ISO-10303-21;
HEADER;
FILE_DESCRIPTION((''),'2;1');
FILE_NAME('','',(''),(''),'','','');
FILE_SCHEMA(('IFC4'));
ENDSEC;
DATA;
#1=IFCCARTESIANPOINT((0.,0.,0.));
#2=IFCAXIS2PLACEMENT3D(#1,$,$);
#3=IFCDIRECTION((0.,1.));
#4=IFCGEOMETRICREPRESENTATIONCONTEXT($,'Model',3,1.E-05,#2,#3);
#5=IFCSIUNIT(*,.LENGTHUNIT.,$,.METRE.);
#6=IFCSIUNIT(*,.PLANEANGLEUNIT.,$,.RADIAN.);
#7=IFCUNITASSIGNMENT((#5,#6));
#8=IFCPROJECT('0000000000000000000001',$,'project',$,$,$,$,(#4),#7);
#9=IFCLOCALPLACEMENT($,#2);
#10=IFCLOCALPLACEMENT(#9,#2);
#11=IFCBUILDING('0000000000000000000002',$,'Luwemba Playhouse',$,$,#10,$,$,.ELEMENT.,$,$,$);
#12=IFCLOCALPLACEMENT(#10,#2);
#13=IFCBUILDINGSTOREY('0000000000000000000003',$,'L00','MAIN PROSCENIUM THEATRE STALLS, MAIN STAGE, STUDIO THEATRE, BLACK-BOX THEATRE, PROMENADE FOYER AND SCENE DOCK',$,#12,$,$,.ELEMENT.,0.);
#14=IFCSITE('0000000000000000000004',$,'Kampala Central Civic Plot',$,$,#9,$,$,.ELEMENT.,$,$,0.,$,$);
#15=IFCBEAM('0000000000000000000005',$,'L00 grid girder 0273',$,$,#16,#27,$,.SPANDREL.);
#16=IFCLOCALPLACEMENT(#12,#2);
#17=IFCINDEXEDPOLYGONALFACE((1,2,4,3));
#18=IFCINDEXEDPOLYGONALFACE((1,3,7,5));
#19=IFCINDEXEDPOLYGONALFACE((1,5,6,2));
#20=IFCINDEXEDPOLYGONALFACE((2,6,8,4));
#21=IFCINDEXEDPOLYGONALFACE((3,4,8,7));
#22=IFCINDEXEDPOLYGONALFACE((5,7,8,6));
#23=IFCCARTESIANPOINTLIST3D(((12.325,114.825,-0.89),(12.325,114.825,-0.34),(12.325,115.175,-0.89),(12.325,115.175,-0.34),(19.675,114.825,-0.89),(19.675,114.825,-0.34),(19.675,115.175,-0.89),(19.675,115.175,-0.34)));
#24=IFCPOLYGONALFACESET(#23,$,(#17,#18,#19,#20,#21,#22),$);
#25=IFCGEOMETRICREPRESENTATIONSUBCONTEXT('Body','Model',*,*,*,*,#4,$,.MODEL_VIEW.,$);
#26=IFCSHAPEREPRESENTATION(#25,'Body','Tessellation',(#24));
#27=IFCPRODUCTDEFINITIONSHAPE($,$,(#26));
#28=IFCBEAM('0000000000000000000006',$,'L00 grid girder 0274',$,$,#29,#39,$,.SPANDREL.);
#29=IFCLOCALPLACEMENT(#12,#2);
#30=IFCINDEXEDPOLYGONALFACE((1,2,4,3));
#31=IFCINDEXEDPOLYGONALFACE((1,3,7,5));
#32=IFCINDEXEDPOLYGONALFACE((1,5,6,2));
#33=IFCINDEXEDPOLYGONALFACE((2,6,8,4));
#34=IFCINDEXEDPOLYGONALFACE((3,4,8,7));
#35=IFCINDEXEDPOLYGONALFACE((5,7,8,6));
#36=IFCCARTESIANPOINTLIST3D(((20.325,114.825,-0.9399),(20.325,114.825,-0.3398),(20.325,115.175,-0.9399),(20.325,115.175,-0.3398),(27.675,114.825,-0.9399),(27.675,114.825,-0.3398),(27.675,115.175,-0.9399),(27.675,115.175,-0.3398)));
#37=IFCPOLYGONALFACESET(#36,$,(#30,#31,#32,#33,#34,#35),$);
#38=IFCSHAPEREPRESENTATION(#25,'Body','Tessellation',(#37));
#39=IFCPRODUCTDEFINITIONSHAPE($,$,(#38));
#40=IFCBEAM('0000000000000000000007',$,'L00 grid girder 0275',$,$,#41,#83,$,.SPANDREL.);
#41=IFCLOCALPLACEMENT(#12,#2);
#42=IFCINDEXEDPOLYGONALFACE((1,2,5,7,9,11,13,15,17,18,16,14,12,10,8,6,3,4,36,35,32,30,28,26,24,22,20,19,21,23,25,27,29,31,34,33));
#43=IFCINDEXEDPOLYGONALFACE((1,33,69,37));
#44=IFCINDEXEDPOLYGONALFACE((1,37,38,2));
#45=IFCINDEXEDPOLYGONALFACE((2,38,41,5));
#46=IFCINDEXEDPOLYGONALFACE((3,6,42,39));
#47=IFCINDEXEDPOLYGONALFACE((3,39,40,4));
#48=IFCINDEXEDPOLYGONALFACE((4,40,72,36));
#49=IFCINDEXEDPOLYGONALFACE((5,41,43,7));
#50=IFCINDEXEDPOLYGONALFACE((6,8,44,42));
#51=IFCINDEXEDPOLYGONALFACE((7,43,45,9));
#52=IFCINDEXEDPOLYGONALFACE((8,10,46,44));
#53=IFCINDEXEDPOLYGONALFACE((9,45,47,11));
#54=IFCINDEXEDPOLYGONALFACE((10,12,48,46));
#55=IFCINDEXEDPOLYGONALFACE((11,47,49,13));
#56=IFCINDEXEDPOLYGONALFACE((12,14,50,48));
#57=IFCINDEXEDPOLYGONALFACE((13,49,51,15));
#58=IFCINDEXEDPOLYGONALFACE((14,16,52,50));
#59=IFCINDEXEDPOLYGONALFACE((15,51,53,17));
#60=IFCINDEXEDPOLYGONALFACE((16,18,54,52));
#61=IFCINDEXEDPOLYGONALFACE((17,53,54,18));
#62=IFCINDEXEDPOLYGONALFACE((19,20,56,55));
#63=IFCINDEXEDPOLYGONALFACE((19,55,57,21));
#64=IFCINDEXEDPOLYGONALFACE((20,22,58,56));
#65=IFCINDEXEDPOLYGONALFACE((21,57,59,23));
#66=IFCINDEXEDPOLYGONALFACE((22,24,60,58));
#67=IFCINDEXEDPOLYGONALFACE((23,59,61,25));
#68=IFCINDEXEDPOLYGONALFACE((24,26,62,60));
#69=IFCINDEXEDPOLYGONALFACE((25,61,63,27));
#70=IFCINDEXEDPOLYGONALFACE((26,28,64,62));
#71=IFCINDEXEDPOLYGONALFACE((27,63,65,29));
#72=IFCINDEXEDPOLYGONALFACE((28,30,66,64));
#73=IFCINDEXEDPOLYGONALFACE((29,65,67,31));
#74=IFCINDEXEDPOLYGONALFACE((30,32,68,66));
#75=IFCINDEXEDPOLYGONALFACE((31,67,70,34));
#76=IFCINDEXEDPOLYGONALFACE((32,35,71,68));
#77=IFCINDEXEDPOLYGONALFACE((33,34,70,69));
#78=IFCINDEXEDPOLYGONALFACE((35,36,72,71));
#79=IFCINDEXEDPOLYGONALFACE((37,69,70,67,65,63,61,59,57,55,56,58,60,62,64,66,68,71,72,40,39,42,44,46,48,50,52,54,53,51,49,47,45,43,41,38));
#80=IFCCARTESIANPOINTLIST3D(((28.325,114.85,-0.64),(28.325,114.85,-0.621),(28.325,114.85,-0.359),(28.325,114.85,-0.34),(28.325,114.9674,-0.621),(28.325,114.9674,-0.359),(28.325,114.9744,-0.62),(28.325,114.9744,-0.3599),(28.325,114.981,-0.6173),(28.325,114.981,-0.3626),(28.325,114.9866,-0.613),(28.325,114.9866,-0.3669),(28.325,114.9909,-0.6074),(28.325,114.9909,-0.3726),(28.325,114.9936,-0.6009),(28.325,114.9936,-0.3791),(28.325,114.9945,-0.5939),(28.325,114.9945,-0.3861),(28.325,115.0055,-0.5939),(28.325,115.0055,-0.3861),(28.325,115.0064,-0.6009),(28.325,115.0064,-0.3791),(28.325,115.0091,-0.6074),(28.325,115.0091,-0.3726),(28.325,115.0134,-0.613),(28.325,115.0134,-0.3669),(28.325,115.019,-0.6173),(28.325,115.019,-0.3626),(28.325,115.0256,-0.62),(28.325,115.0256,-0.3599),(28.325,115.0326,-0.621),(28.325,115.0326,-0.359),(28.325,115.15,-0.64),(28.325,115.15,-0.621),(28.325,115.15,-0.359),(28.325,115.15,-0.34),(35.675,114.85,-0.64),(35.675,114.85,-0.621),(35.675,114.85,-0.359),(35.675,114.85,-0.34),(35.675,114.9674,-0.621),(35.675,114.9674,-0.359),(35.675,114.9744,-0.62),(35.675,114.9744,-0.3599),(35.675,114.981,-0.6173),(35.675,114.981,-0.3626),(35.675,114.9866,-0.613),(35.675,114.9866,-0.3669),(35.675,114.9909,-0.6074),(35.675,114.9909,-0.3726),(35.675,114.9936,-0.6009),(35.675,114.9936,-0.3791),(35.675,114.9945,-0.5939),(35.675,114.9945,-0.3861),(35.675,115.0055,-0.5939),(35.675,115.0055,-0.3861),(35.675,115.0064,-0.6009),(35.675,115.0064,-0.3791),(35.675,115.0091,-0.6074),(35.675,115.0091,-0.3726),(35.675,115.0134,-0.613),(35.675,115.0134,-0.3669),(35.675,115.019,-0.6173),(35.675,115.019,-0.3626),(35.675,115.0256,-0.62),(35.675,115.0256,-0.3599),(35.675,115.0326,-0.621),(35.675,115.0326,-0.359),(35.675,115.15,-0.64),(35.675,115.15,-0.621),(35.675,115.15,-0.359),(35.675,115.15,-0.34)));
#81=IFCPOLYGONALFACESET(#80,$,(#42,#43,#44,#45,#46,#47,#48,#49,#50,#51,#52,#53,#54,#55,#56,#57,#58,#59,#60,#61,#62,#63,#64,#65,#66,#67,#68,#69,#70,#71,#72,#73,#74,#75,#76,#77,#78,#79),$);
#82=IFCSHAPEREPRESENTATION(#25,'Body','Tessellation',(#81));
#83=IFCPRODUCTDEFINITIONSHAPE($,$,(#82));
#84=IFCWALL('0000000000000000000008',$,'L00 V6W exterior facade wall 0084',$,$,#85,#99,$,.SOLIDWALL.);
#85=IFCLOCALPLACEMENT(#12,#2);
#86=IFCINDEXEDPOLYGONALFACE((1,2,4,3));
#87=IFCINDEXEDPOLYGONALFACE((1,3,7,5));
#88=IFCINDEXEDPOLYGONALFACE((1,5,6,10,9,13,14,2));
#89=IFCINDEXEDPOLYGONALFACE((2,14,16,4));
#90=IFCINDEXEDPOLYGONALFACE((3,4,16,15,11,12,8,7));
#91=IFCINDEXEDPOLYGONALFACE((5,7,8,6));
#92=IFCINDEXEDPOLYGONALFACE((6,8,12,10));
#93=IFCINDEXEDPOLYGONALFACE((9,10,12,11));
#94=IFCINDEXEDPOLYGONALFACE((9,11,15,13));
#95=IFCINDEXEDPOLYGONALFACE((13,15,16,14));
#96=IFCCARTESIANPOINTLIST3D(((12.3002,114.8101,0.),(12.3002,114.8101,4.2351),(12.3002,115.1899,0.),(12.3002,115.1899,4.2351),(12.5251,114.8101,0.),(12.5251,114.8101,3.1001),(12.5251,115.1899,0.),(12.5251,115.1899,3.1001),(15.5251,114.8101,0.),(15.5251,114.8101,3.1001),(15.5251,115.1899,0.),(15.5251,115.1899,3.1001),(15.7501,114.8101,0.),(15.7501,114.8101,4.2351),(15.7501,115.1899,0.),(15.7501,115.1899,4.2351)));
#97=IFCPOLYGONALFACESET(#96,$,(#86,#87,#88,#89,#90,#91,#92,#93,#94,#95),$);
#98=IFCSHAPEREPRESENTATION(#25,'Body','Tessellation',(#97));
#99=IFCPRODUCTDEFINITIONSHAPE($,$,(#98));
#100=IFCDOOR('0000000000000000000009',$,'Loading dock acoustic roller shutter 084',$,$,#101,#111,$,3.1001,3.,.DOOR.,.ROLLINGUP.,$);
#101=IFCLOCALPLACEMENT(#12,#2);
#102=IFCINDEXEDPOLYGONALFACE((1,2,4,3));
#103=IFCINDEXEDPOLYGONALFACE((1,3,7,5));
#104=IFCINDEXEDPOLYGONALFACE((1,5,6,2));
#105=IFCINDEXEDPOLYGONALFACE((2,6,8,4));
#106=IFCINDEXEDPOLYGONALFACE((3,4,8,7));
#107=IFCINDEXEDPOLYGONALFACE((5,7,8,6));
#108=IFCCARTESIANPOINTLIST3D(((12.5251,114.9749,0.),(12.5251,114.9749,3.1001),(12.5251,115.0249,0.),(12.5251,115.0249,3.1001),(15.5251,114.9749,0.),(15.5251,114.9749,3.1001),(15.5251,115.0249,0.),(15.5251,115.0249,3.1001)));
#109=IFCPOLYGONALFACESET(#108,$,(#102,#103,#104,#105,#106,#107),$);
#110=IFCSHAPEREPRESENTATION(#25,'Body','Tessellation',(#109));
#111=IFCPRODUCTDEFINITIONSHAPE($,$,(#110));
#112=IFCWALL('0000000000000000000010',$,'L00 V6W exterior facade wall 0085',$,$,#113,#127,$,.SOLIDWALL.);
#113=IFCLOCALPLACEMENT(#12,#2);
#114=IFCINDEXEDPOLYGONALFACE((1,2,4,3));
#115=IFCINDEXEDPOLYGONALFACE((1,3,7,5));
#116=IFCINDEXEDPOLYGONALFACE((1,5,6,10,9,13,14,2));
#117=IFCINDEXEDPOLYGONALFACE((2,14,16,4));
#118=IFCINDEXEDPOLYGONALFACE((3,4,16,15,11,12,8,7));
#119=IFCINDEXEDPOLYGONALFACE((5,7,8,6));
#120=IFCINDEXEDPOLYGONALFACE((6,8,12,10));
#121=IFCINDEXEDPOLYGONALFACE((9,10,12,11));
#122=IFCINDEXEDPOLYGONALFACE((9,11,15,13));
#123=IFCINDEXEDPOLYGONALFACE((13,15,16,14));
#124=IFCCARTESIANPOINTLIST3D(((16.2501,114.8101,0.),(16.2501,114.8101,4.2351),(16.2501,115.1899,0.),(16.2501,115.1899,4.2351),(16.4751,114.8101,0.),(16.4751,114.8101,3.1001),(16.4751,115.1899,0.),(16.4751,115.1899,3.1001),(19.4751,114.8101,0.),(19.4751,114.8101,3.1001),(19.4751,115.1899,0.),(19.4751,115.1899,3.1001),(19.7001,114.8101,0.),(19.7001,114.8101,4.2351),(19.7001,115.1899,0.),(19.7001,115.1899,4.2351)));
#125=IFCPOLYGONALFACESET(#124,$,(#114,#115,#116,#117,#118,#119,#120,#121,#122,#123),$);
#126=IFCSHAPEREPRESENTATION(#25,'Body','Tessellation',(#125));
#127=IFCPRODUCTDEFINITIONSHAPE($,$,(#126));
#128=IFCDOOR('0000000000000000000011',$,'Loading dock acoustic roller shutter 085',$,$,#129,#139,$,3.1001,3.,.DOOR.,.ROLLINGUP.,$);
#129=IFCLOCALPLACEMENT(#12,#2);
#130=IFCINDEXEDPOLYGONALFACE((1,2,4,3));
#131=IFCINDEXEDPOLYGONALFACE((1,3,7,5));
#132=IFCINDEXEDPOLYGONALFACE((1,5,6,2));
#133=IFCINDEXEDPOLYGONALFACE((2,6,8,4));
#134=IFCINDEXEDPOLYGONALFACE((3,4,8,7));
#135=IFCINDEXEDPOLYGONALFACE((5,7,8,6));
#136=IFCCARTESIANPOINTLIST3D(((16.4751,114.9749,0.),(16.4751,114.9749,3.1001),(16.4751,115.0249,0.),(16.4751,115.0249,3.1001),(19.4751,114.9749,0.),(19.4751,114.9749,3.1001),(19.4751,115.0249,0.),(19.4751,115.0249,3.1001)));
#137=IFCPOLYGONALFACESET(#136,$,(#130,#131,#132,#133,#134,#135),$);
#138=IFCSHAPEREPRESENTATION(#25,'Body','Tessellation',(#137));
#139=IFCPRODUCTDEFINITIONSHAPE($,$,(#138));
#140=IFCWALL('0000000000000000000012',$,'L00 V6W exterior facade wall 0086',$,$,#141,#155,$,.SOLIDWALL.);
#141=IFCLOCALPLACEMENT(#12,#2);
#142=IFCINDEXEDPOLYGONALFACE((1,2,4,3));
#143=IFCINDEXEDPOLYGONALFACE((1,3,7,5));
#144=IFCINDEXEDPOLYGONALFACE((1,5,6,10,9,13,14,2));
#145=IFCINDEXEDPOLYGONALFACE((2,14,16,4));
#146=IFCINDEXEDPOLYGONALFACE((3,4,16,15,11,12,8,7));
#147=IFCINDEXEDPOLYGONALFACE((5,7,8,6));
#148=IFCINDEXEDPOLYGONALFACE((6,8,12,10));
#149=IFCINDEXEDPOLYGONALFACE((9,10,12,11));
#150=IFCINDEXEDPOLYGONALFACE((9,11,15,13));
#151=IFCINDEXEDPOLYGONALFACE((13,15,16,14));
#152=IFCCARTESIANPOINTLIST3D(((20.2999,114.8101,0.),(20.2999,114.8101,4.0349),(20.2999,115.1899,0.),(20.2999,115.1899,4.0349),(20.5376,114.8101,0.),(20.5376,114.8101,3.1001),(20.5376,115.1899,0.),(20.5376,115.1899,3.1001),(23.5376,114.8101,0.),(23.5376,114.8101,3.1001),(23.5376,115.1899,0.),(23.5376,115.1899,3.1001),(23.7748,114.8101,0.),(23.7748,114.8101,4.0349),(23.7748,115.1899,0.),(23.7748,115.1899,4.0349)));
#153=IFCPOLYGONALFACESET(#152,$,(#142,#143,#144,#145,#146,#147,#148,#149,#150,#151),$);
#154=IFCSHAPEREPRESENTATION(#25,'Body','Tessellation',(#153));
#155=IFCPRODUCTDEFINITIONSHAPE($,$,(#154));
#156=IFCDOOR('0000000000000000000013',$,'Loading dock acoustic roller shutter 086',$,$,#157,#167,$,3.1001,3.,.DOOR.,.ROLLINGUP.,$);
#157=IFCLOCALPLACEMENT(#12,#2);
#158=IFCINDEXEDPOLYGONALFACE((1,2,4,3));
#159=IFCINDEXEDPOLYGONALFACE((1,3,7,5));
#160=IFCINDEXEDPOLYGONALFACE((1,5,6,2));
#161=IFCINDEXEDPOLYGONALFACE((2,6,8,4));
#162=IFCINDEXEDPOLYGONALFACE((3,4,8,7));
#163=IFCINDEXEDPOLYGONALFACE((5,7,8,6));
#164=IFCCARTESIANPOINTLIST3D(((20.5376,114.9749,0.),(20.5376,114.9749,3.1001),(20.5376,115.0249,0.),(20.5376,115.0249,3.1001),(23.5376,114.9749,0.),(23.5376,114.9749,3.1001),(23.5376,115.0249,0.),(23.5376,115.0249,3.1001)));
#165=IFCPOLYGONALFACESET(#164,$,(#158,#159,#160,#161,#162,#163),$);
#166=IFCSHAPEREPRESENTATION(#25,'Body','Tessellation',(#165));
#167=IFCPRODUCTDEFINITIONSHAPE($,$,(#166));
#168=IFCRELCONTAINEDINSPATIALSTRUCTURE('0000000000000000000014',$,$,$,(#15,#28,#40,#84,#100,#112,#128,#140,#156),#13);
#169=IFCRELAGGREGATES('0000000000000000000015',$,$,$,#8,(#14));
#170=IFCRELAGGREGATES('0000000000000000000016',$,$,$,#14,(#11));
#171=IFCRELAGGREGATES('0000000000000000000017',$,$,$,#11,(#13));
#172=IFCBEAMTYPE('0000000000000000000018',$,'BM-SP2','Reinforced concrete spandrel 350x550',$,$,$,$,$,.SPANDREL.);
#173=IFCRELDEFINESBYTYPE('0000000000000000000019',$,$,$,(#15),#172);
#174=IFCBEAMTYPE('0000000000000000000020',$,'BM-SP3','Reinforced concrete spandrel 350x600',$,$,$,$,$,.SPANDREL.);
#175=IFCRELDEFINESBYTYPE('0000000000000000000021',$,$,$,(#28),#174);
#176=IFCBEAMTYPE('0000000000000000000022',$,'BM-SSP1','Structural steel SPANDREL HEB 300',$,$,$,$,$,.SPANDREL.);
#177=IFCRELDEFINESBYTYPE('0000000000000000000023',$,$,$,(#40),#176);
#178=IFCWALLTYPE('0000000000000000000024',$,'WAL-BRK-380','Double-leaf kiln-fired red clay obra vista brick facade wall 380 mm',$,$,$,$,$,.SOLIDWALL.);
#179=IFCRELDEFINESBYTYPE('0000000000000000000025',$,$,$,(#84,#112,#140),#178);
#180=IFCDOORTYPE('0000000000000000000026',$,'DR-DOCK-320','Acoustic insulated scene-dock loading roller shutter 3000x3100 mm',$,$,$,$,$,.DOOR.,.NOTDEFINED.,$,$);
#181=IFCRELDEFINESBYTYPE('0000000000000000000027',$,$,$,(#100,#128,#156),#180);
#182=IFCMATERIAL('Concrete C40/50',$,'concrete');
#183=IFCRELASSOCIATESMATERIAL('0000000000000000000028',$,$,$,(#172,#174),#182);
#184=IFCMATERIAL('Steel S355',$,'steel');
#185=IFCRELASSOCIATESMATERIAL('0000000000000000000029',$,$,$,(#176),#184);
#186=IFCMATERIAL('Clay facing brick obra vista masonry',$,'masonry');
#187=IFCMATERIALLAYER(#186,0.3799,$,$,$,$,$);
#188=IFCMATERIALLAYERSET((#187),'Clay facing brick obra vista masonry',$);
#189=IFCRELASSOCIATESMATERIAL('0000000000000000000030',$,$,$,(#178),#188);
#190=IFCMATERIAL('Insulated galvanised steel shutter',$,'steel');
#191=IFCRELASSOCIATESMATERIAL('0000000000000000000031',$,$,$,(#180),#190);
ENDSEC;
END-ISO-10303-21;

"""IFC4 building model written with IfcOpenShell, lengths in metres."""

from ifc_helpers import new_model, si_unit, direction, frame, frame_2d, origin, origin_2d, place, context, subcontext, project, spatial, rectangle, i_section, extrude, material, layer, layer_set, material_profile, profile_set, type_object, element, fill, save


model = new_model("IFC4")

# Units and contexts
model_context = context("Model", 3, precision=1e-05, world=origin(), true_north=direction((0.0, 1.0)))
body_context = subcontext(model_context, "Body", "Model", "MODEL_VIEW")
ifc_project = project(units=[si_unit("LENGTHUNIT", "METRE"), si_unit("PLANEANGLEUNIT", "RADIAN")], contexts=[model_context])

# Site, building, storey
site_placement = place(None, origin())
site = spatial("IfcSite", under=ifc_project, at=site_placement, Name="Kampala Central Civic Plot", CompositionType="ELEMENT", RefElevation=0.0)
building_placement = place(site_placement, origin())
building = spatial("IfcBuilding", under=site, at=building_placement, Name="Luwemba Playhouse", CompositionType="ELEMENT")
storey_placement = place(building_placement, origin())
storey = spatial("IfcBuildingStorey", under=building, at=storey_placement, Name="L00", Description="MAIN PROSCENIUM THEATRE STALLS, MAIN STAGE, STUDIO THEATRE, BLACK-BOX THEATRE, PROMENADE FOYER AND SCENE DOCK", CompositionType="ELEMENT", Elevation=0.0)

# Shared definitions
ifc_material_1 = material(Name="Concrete C40/50", Category="concrete")

# Beams
ifc_material_2 = material(Name="Steel S355", Category="steel")
ifc_material_profile_1 = material_profile(ifc_material_1, rectangle(XDim=0.3501, YDim=0.55, at=origin_2d()))
ifc_profile_set_1 = profile_set([ifc_material_profile_1], Name="Concrete C40/50")
beam_type_1 = type_object("IfcBeamType", Name="BM-SP2", Description="Reinforced concrete spandrel 350x550", PredefinedType="SPANDREL", material=ifc_profile_set_1)
beam_1_placement = place(storey_placement, frame((12.325, 115.0, -0.615), z_axis=(1.0, 0.0, 0.0), x_axis=(0.0, 1.0, 0.0)))
element("IfcBeam", 1, at=beam_1_placement, inside=storey, type_object=beam_type_1, Name="L00 grid girder 0273", PredefinedType="SPANDREL", context=body_context, shape_type="SweptSolid", body=[
    extrude(rectangle(XDim=0.3501, YDim=0.55, at=origin_2d()), origin(), (0.0, 0.0, 1.0), 7.3501),
])
ifc_material_profile_2 = material_profile(ifc_material_1, rectangle(XDim=0.3501, YDim=0.6001, at=origin_2d()))
ifc_profile_set_2 = profile_set([ifc_material_profile_2], Name="Concrete C40/50")
beam_type_2 = type_object("IfcBeamType", Name="BM-SP3", Description="Reinforced concrete spandrel 350x600", PredefinedType="SPANDREL", material=ifc_profile_set_2)
beam_2_placement = place(storey_placement, frame((20.325, 115.0, -0.6399), z_axis=(1.0, 0.0, 0.0), x_axis=(0.0, 1.0, 0.0)))
element("IfcBeam", 2, at=beam_2_placement, inside=storey, type_object=beam_type_2, Name="L00 grid girder 0274", PredefinedType="SPANDREL", context=body_context, shape_type="SweptSolid", body=[
    extrude(rectangle(XDim=0.3501, YDim=0.6001, at=origin_2d()), origin(), (0.0, 0.0, 1.0), 7.3501),
])
ifc_material_profile_3 = material_profile(ifc_material_2, i_section(OverallWidth=0.3, OverallDepth=0.3, WebThickness=0.011, FlangeThickness=0.019, FilletRadius=0.0271, at=origin_2d()))
ifc_profile_set_3 = profile_set([ifc_material_profile_3], Name="Steel S355")
beam_type_3 = type_object("IfcBeamType", Name="BM-SSP1", Description="Structural steel SPANDREL HEB 300", PredefinedType="SPANDREL", material=ifc_profile_set_3)
beam_3_placement = place(storey_placement, frame((28.325, 115.0, -0.49), z_axis=(1.0, 0.0, 0.0), x_axis=(0.0, 1.0, 0.0)))
element("IfcBeam", 3, at=beam_3_placement, inside=storey, type_object=beam_type_3, Name="L00 grid girder 0275", PredefinedType="SPANDREL", context=body_context, shape_type="SweptSolid", body=[
    extrude(i_section(OverallWidth=0.3, OverallDepth=0.3, WebThickness=0.011, FlangeThickness=0.019, FilletRadius=0.0271, at=origin_2d()), origin(), (0.0, 0.0, 1.0), 7.3501),
])

# Walls, openings, doors
ifc_material_3 = material(Name="Clay facing brick obra vista masonry", Category="masonry")
ifc_layer = layer(ifc_material_3, 0.3799)
ifc_layer_set = layer_set([ifc_layer], Name="Clay facing brick obra vista masonry")
wall_type = type_object("IfcWallType", Name="WAL-BRK-380", Description="Double-leaf kiln-fired red clay obra vista brick facade wall 380 mm", PredefinedType="SOLIDWALL", material=ifc_layer_set)
wall_1_placement = place(storey_placement, frame((12.3, 115.0, 0.0), z_axis=(0.0, 0.0, 1.0), x_axis=(1.0, 0.0, 0.0)))
wall_1 = element("IfcWall", 4, at=wall_1_placement, inside=storey, type_object=wall_type, Name="L00 V6W exterior facade wall 0084", PredefinedType="SOLIDWALL", context=body_context, shape_type="SweptSolid", body=[
    extrude(rectangle(XDim=3.45, YDim=0.3799, at=frame_2d((1.7251, 0.0))), origin(), (0.0, 0.0, 1.0), 4.2351),
])
opening_1_placement = place(wall_1_placement, frame((0.2251, 0.0, 0.0)))
opening_1 = element("IfcOpeningElement", 5, at=opening_1_placement, cuts=wall_1, PredefinedType="OPENING", context=body_context, shape_type="SweptSolid", body=[
    extrude(rectangle(XDim=3.0, YDim=3.1001, at=frame_2d((1.5, 1.55))), frame((0.0, 0.2, 0.0), z_axis=(0.0, -1.0, 0.0), x_axis=(1.0, 0.0, 0.0)), (0.0, 0.0, 1.0), 0.3999),
])
ifc_material_4 = material(Name="Insulated galvanised steel shutter", Category="steel")
door_type = type_object("IfcDoorType", Name="DR-DOCK-320", Description="Acoustic insulated scene-dock loading roller shutter 3000x3100 mm", OperationType="NOTDEFINED", PredefinedType="DOOR", material=ifc_material_4)
door_1_placement = place(opening_1_placement, origin())
door_1 = element("IfcDoor", 6, at=door_1_placement, inside=storey, type_object=door_type, Name="Loading dock acoustic roller shutter 084", OperationType="ROLLINGUP", OverallHeight=3.1001, OverallWidth=3.0, PredefinedType="DOOR", context=body_context, shape_type="SweptSolid", body=[
    extrude(rectangle(XDim=3.0, YDim=3.1001, at=frame_2d((1.5, 1.55))), frame((0.0, 0.0249, 0.0), z_axis=(0.0, -1.0, 0.0), x_axis=(1.0, 0.0, 0.0)), (0.0, 0.0, 1.0), 0.05),
])
fill(opening_1, door_1)
wall_2_placement = place(storey_placement, frame((16.25, 115.0, 0.0), z_axis=(0.0, 0.0, 1.0), x_axis=(1.0, 0.0, 0.0)))
wall_2 = element("IfcWall", 7, at=wall_2_placement, inside=storey, type_object=wall_type, Name="L00 V6W exterior facade wall 0085", PredefinedType="SOLIDWALL", context=body_context, shape_type="SweptSolid", body=[
    extrude(rectangle(XDim=3.45, YDim=0.3799, at=frame_2d((1.7251, 0.0))), origin(), (0.0, 0.0, 1.0), 4.2351),
])
opening_2_placement = place(wall_2_placement, frame((0.2251, 0.0, 0.0)))
opening_2 = element("IfcOpeningElement", 8, at=opening_2_placement, cuts=wall_2, PredefinedType="OPENING", context=body_context, shape_type="SweptSolid", body=[
    extrude(rectangle(XDim=3.0, YDim=3.1001, at=frame_2d((1.5, 1.55))), frame((0.0, 0.2, 0.0), z_axis=(0.0, -1.0, 0.0), x_axis=(1.0, 0.0, 0.0)), (0.0, 0.0, 1.0), 0.3999),
])
door_2_placement = place(opening_2_placement, origin())
door_2 = element("IfcDoor", 9, at=door_2_placement, inside=storey, type_object=door_type, Name="Loading dock acoustic roller shutter 085", OperationType="ROLLINGUP", OverallHeight=3.1001, OverallWidth=3.0, PredefinedType="DOOR", context=body_context, shape_type="SweptSolid", body=[
    extrude(rectangle(XDim=3.0, YDim=3.1001, at=frame_2d((1.5, 1.55))), frame((0.0, 0.0249, 0.0), z_axis=(0.0, -1.0, 0.0), x_axis=(1.0, 0.0, 0.0)), (0.0, 0.0, 1.0), 0.05),
])
fill(opening_2, door_2)
wall_3_placement = place(storey_placement, frame((20.3, 115.0, 0.0), z_axis=(0.0, 0.0, 1.0), x_axis=(1.0, 0.0, 0.0)))
wall_3 = element("IfcWall", 10, at=wall_3_placement, inside=storey, type_object=wall_type, Name="L00 V6W exterior facade wall 0086", PredefinedType="SOLIDWALL", context=body_context, shape_type="SweptSolid", body=[
    extrude(rectangle(XDim=3.4749, YDim=0.3799, at=frame_2d((1.7373, 0.0))), origin(), (0.0, 0.0, 1.0), 4.0349),
])
opening_3_placement = place(wall_3_placement, frame((0.2375, 0.0, 0.0)))
opening_3 = element("IfcOpeningElement", 11, at=opening_3_placement, cuts=wall_3, PredefinedType="OPENING", context=body_context, shape_type="SweptSolid", body=[
    extrude(rectangle(XDim=3.0, YDim=3.1001, at=frame_2d((1.5, 1.55))), frame((0.0, 0.2, 0.0), z_axis=(0.0, -1.0, 0.0), x_axis=(1.0, 0.0, 0.0)), (0.0, 0.0, 1.0), 0.3999),
])
door_3_placement = place(opening_3_placement, origin())
door_3 = element("IfcDoor", 12, at=door_3_placement, inside=storey, type_object=door_type, Name="Loading dock acoustic roller shutter 086", OperationType="ROLLINGUP", OverallHeight=3.1001, OverallWidth=3.0, PredefinedType="DOOR", context=body_context, shape_type="SweptSolid", body=[
    extrude(rectangle(XDim=3.0, YDim=3.1001, at=frame_2d((1.5, 1.55))), frame((0.0, 0.0249, 0.0), z_axis=(0.0, -1.0, 0.0), x_axis=(1.0, 0.0, 0.0)), (0.0, 0.0, 1.0), 0.05),
])
fill(opening_3, door_3)

save(model, "model.ifc")
